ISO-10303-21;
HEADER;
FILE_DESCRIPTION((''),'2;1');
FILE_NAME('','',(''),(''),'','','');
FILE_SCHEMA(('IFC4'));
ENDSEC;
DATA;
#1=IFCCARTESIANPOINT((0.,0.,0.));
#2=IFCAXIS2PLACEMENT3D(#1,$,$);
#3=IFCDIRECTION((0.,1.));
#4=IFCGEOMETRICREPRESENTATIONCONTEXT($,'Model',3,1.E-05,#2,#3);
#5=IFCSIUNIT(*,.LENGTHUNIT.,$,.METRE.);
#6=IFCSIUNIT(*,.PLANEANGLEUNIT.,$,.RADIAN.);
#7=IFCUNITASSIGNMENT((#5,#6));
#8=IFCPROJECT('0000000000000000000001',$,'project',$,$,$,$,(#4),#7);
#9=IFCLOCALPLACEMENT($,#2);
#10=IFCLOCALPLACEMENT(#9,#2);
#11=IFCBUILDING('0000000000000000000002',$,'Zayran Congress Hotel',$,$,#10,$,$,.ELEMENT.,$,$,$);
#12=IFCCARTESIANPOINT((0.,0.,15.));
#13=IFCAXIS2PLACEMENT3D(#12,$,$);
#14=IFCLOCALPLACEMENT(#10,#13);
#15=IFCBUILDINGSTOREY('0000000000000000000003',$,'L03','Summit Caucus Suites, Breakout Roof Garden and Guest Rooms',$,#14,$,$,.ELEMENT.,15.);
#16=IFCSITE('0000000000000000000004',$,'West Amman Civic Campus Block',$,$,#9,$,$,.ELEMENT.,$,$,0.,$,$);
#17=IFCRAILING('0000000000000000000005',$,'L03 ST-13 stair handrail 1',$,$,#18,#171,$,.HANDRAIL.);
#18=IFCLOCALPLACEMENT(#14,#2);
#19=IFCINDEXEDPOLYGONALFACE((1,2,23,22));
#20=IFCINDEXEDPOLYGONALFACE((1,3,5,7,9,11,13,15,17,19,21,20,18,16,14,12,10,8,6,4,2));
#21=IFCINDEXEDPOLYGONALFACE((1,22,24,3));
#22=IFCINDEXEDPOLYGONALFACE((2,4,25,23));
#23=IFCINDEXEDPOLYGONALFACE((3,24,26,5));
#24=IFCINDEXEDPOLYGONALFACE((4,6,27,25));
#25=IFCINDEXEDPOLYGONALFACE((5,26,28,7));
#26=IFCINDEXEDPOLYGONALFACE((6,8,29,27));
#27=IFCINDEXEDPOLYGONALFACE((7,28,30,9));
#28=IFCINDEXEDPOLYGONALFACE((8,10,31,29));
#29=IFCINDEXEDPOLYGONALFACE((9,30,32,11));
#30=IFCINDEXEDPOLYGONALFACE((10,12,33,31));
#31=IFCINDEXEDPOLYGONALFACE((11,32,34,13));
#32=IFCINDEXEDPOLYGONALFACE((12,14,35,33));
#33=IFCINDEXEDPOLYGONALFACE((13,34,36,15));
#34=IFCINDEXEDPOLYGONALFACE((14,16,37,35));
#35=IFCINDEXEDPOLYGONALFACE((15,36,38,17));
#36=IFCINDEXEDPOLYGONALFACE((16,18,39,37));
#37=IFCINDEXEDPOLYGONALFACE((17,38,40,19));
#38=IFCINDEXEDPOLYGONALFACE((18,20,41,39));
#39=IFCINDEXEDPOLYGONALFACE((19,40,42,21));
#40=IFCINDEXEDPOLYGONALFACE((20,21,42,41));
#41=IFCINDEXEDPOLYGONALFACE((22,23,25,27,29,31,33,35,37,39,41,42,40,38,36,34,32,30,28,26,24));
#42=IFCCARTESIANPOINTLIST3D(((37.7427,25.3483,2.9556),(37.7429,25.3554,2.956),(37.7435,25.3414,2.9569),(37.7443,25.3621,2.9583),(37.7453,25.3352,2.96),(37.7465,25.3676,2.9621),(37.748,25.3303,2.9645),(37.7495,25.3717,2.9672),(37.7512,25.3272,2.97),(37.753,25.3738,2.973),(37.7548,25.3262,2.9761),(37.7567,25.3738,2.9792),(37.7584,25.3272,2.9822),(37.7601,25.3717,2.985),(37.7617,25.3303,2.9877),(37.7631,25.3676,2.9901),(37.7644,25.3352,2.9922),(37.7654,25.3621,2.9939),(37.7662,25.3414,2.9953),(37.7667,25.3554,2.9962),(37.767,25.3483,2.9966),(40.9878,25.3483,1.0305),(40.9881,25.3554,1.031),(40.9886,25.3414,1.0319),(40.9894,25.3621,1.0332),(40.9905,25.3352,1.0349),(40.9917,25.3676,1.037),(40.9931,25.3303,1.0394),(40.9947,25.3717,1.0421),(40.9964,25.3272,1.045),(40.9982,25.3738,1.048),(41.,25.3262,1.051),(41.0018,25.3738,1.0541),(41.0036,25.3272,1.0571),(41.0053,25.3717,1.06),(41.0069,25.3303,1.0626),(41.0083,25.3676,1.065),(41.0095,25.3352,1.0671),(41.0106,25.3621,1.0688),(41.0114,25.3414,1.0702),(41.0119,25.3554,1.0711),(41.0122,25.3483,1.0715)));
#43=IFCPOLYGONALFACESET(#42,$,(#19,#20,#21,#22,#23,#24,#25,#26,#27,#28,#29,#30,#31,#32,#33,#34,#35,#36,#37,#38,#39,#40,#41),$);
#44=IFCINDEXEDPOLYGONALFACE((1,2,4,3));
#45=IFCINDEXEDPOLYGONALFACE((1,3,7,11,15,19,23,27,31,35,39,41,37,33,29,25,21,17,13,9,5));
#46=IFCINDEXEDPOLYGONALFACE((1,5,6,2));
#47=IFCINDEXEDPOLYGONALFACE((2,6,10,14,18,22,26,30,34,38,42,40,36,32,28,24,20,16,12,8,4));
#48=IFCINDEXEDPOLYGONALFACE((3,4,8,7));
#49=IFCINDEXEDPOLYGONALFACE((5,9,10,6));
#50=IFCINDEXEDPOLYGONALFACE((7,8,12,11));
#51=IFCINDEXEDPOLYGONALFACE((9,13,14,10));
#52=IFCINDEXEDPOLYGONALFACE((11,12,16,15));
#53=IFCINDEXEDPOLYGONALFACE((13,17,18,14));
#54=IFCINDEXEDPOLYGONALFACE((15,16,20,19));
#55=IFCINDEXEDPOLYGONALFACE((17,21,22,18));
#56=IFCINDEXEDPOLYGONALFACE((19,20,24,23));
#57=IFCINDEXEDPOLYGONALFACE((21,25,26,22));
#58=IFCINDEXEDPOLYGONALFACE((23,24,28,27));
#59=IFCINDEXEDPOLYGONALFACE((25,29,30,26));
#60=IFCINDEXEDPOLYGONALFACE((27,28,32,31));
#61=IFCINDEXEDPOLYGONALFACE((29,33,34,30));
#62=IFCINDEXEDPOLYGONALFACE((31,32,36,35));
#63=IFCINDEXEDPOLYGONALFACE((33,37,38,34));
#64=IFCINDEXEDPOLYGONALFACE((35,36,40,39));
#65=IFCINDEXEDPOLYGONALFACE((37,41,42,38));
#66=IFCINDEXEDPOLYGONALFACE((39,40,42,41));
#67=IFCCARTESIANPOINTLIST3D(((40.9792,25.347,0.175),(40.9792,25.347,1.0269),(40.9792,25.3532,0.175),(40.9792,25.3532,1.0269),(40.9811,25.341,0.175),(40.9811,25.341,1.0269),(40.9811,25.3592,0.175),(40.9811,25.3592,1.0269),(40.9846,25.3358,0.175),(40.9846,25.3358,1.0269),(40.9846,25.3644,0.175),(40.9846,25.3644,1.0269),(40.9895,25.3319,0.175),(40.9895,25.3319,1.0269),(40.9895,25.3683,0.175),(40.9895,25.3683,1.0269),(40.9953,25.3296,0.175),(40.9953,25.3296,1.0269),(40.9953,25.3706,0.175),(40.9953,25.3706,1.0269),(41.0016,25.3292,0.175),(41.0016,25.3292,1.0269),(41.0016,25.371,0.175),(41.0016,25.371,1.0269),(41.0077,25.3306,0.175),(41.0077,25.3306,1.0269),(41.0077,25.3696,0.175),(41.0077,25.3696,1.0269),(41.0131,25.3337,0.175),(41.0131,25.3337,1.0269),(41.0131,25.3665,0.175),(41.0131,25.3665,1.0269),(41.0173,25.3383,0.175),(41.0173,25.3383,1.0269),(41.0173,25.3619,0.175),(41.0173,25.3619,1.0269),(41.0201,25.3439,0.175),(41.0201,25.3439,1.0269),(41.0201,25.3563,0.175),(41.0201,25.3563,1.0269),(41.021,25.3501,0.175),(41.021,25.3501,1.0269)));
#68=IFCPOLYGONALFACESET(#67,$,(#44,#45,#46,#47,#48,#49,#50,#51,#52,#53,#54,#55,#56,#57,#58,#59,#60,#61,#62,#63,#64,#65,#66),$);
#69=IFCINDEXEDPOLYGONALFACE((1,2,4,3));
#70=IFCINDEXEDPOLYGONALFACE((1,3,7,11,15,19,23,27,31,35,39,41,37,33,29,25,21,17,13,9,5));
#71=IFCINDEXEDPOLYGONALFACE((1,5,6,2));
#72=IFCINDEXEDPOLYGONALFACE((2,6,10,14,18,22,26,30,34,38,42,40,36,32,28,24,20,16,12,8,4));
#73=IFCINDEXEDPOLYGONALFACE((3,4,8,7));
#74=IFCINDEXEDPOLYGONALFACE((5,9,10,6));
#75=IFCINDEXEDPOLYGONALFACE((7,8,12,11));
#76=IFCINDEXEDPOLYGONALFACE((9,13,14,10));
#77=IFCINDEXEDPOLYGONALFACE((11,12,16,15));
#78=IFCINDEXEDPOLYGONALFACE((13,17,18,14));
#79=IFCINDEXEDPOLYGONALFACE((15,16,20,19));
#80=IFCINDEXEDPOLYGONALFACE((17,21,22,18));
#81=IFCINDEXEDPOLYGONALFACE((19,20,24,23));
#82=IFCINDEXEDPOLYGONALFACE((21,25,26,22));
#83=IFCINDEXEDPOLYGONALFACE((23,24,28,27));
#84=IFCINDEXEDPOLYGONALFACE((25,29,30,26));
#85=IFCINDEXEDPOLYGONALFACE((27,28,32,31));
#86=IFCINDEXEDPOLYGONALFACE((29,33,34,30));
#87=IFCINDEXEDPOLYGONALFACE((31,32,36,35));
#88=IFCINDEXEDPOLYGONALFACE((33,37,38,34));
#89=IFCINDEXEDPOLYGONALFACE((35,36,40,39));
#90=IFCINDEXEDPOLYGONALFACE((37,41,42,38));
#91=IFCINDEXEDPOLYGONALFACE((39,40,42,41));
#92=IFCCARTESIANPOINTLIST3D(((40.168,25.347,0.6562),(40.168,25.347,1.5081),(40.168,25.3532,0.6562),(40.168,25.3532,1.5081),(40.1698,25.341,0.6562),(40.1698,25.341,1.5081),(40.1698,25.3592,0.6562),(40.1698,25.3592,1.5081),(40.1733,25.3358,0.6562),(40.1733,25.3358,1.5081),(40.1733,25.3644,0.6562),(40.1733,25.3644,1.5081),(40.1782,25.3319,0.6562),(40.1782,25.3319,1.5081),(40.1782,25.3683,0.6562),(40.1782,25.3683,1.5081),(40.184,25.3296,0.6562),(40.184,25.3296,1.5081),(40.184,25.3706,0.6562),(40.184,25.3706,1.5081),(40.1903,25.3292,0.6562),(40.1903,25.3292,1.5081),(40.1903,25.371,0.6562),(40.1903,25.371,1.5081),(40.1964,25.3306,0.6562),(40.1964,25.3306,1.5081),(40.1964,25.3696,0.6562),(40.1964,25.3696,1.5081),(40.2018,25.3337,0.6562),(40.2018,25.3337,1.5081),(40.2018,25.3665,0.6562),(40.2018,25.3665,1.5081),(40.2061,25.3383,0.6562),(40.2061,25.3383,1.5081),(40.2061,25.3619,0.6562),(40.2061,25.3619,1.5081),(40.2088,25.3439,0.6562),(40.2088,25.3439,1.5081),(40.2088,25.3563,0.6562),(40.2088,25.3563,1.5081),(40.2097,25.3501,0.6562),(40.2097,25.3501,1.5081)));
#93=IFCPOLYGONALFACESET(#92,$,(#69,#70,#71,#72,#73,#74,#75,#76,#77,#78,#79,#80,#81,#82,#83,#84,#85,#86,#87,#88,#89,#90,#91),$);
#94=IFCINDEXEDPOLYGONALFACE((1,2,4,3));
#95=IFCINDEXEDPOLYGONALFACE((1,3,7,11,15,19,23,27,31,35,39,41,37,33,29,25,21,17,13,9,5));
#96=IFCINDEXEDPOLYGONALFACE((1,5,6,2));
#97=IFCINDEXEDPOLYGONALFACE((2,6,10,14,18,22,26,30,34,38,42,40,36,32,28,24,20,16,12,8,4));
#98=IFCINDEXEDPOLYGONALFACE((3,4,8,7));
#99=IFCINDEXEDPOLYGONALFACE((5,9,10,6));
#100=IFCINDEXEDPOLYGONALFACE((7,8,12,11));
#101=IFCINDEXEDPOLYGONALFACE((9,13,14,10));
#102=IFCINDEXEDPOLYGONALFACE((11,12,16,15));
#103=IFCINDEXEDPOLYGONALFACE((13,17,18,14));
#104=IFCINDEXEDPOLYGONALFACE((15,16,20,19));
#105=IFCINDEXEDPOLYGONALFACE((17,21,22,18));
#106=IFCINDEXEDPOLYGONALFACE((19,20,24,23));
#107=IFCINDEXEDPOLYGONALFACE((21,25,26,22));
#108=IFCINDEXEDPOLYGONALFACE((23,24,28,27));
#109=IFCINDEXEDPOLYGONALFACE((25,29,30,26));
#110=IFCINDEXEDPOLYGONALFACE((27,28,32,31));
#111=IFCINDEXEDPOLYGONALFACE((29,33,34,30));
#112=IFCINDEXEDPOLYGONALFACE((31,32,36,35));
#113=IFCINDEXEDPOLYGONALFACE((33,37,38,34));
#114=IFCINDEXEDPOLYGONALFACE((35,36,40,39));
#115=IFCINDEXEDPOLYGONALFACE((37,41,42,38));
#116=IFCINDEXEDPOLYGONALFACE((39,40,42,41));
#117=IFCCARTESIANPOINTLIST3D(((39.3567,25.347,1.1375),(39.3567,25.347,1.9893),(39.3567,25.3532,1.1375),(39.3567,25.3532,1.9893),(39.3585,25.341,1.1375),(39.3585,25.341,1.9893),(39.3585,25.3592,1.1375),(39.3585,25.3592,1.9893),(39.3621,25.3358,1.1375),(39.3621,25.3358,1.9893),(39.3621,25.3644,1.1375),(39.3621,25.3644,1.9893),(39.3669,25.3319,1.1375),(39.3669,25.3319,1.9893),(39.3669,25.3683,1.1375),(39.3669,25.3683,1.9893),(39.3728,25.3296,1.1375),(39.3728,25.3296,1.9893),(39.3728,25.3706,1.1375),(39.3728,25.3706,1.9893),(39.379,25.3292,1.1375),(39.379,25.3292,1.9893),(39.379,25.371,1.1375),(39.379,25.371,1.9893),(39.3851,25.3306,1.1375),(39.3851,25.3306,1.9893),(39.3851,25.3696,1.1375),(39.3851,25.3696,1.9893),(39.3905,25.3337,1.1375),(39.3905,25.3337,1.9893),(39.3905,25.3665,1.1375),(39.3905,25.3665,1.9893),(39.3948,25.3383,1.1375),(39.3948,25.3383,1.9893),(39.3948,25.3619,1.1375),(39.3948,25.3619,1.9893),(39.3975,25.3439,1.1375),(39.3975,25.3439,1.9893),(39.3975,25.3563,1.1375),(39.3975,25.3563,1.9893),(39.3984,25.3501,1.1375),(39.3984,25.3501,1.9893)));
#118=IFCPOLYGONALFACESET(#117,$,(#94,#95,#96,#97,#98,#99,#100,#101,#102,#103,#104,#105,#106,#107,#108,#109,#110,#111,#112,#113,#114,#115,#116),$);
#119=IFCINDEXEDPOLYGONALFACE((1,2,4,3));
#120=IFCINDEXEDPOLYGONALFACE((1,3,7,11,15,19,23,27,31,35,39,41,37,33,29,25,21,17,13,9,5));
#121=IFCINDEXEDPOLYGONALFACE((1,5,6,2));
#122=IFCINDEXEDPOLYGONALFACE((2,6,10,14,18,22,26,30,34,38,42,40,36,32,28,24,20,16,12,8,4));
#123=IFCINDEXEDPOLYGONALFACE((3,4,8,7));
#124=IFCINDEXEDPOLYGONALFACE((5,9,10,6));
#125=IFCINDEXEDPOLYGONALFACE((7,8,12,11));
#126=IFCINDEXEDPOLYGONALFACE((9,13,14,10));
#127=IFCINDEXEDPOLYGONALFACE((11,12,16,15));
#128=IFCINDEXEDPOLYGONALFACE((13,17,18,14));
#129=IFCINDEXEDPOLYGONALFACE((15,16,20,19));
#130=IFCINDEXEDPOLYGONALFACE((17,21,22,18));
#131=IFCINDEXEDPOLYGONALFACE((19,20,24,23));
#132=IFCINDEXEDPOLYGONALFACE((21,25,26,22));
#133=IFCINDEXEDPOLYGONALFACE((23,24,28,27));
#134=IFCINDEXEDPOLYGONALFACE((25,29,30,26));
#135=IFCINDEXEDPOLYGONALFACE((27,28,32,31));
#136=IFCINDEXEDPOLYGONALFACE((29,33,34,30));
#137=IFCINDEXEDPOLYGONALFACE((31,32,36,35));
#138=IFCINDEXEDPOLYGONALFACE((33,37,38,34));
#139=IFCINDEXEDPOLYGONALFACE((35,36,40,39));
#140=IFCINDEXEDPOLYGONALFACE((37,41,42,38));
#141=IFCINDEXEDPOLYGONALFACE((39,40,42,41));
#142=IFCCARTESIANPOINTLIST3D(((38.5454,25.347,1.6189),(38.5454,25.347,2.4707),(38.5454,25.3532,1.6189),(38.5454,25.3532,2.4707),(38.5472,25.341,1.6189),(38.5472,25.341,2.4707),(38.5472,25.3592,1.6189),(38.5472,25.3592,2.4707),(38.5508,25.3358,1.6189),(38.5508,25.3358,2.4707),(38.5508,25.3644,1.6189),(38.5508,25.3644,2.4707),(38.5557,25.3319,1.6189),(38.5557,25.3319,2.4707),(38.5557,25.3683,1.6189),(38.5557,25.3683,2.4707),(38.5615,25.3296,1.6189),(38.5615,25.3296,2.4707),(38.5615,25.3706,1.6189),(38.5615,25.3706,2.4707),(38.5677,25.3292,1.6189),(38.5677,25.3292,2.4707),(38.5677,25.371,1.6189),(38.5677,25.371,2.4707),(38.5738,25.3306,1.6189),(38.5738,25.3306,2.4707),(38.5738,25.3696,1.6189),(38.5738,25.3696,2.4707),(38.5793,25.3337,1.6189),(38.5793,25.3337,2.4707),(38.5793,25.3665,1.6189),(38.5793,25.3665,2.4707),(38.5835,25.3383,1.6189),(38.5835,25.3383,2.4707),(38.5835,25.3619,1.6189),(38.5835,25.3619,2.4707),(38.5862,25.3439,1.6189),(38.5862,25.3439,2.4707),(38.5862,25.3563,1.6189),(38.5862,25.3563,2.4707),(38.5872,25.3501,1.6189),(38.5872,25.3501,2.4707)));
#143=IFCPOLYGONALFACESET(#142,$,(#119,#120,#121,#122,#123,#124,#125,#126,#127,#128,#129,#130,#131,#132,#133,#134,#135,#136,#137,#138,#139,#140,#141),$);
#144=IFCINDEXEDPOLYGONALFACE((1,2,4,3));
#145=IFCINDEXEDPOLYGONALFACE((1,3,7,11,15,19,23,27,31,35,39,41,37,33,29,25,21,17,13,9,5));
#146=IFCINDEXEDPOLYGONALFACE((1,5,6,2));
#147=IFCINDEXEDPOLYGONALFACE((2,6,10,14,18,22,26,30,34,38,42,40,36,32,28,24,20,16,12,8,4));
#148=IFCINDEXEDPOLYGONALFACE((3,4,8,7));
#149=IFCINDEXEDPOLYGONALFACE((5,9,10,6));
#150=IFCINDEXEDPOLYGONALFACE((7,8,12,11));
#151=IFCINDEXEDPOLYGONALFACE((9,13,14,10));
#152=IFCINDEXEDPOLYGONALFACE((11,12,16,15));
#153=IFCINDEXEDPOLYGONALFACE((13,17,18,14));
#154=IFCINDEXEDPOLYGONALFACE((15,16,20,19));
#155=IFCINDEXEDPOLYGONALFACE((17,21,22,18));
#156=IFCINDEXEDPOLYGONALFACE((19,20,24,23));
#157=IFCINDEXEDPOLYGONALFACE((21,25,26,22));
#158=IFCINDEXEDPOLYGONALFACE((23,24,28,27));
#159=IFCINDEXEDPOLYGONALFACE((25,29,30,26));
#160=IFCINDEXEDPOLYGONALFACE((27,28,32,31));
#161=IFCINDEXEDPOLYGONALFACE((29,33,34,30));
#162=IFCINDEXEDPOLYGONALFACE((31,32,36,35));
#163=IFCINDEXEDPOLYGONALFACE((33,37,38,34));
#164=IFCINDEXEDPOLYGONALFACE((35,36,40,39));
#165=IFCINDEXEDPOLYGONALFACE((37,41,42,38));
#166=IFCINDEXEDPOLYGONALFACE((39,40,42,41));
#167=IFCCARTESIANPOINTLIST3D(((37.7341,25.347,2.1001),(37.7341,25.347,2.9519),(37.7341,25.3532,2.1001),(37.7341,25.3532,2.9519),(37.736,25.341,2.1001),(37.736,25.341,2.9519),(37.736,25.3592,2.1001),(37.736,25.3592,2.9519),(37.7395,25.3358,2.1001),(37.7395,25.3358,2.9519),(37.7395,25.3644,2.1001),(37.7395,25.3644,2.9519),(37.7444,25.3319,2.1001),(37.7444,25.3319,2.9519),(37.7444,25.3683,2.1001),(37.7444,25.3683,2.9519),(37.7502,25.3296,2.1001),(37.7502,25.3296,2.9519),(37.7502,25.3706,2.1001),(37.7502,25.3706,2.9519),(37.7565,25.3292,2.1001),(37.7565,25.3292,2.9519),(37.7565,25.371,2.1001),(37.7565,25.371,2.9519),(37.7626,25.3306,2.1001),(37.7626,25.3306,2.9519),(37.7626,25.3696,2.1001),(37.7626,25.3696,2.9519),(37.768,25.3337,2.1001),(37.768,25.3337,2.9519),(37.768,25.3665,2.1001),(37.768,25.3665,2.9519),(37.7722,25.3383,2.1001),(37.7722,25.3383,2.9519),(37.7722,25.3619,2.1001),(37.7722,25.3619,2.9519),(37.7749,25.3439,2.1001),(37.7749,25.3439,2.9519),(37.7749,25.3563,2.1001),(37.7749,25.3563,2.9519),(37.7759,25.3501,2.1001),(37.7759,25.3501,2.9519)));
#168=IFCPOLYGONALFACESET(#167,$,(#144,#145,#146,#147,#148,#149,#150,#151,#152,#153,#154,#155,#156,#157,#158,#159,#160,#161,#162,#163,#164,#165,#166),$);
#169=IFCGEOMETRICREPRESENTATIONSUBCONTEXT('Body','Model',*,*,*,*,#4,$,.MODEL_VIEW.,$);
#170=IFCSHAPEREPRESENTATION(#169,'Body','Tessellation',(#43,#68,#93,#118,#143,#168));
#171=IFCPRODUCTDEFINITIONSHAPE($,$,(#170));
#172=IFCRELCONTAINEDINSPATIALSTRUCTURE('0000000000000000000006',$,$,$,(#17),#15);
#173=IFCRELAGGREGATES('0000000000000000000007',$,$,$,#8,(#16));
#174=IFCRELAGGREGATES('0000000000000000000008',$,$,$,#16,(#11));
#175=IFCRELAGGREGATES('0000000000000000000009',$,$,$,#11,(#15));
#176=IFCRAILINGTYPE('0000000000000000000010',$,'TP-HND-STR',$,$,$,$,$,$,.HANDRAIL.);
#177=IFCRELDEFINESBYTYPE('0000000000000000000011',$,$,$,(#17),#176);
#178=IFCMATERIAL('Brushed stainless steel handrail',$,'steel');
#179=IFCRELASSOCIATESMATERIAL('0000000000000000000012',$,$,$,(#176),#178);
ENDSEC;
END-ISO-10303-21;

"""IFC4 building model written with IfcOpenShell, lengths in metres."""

from ifc_helpers import new_model, si_unit, direction, frame, origin, origin_2d, place, context, subcontext, project, spatial, circle, extrude, material, type_object, element, save


model = new_model("IFC4")

# Units and contexts
model_context = context("Model", 3, precision=1e-05, world=origin(), true_north=direction((0.0, 1.0)))
body_context = subcontext(model_context, "Body", "Model", "MODEL_VIEW")
ifc_project = project(units=[si_unit("LENGTHUNIT", "METRE"), si_unit("PLANEANGLEUNIT", "RADIAN")], contexts=[model_context])

# Site, building, storey
site_placement = place(None, origin())
site = spatial("IfcSite", under=ifc_project, at=site_placement, Name="West Amman Civic Campus Block", CompositionType="ELEMENT", RefElevation=0.0)
building_placement = place(site_placement, origin())
building = spatial("IfcBuilding", under=site, at=building_placement, Name="Zayran Congress Hotel", CompositionType="ELEMENT")
storey_placement = place(building_placement, frame((0.0, 0.0, 15.0)))
storey = spatial("IfcBuildingStorey", under=building, at=storey_placement, Name="L03", Description="Summit Caucus Suites, Breakout Roof Garden and Guest Rooms", CompositionType="ELEMENT", Elevation=15.0)

# Railing
ifc_material_1 = material(Name="Brushed stainless steel handrail", Category="steel")
railing_type_1 = type_object("IfcRailingType", Name="TP-HND-STR", PredefinedType="HANDRAIL", material=ifc_material_1)
for number, where, name in (
    (1, (41.0, 25.3501, 0.175), "L03 ST-13 stair handrail 1"),
):
    element("IfcRailing", number, at=place(storey_placement, frame(where)), inside=storey, type_object=railing_type_1, Name=name, PredefinedType="HANDRAIL", context=body_context, shape_type="SweptSolid", body=[
        extrude(circle(Radius=0.0239, at=origin_2d()), frame((0.0, 0.0, 0.876), z_axis=(-0.860057, 0.0, 0.510198), x_axis=(0.0, -1.0, 0.0)), (0.0, 0.0, 1.0), 3.7732),
        extrude(circle(Radius=0.021, at=origin_2d()), origin(), (0.0, 0.0, 1.0), 0.8518),
        extrude(circle(Radius=0.021, at=origin_2d()), frame((-0.8113, 0.0, 0.4812)), (0.0, 0.0, 1.0), 0.8518),
        extrude(circle(Radius=0.021, at=origin_2d()), frame((-1.6226, 0.0, 0.9624)), (0.0, 0.0, 1.0), 0.8518),
        extrude(circle(Radius=0.021, at=origin_2d()), frame((-2.4338, 0.0, 1.4438)), (0.0, 0.0, 1.0), 0.8518),
        extrude(circle(Radius=0.021, at=origin_2d()), frame((-3.2451, 0.0, 1.925)), (0.0, 0.0, 1.0), 0.8518),
    ])

save(model, "model.ifc")
